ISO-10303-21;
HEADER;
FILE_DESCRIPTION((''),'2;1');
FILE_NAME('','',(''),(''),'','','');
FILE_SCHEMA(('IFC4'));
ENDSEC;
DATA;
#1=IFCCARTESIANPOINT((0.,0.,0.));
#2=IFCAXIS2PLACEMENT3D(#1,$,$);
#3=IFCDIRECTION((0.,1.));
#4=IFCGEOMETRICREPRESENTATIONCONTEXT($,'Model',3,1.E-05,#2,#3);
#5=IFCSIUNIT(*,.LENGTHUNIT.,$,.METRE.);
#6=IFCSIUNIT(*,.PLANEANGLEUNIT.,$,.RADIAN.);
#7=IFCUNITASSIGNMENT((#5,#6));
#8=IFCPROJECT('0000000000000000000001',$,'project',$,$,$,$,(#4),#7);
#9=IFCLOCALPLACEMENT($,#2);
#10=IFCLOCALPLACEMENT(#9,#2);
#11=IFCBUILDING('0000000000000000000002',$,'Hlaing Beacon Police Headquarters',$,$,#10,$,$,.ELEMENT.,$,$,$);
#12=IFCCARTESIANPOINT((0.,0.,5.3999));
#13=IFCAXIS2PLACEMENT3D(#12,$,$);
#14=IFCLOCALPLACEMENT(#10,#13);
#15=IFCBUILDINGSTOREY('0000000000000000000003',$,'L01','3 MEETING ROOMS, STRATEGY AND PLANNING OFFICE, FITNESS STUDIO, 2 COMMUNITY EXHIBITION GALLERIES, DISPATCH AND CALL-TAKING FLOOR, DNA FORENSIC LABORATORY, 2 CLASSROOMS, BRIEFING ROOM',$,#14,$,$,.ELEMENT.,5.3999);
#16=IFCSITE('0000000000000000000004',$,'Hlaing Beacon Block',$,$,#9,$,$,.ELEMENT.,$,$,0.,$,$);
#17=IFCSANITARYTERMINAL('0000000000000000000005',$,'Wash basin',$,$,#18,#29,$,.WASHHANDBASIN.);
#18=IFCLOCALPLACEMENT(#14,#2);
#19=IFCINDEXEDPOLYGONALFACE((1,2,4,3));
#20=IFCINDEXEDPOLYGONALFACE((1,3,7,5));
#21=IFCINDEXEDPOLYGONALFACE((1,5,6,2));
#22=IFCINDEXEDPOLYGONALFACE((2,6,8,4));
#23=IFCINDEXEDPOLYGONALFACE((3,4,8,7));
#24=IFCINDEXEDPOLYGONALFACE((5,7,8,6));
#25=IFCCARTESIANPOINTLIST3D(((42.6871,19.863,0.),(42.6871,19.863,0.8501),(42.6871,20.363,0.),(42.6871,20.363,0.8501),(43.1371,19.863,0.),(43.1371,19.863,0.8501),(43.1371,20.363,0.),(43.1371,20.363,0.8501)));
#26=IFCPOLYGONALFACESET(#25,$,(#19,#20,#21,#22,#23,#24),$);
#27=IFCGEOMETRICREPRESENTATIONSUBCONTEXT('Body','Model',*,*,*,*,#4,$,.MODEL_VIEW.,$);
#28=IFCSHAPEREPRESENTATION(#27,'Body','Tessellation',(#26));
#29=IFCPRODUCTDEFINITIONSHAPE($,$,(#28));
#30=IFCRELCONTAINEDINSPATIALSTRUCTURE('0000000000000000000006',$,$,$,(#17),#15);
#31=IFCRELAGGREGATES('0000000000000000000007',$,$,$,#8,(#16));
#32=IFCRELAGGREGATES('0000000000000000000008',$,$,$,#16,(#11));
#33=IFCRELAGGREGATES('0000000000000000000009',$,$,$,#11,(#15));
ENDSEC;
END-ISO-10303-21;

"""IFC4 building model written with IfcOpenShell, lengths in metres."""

from ifc_helpers import new_model, si_unit, direction, frame, origin, origin_2d, place, context, subcontext, project, spatial, rectangle, extrude, element, save


model = new_model("IFC4")

# Units and contexts
model_context = context("Model", 3, precision=1e-05, world=origin(), true_north=direction((0.0, 1.0)))
body_context = subcontext(model_context, "Body", "Model", "MODEL_VIEW")
ifc_project = project(units=[si_unit("LENGTHUNIT", "METRE"), si_unit("PLANEANGLEUNIT", "RADIAN")], contexts=[model_context])

# Site, building, storey
site_placement = place(None, origin())
site = spatial("IfcSite", under=ifc_project, at=site_placement, Name="Hlaing Beacon Block", CompositionType="ELEMENT", RefElevation=0.0)
building_placement = place(site_placement, origin())
building = spatial("IfcBuilding", under=site, at=building_placement, Name="Hlaing Beacon Police Headquarters", CompositionType="ELEMENT")
storey_placement = place(building_placement, frame((0.0, 0.0, 5.3999)))
storey = spatial("IfcBuildingStorey", under=building, at=storey_placement, Name="L01", Description="3 MEETING ROOMS, STRATEGY AND PLANNING OFFICE, FITNESS STUDIO, 2 COMMUNITY EXHIBITION GALLERIES, DISPATCH AND CALL-TAKING FLOOR, DNA FORENSIC LABORATORY, 2 CLASSROOMS, BRIEFING ROOM", CompositionType="ELEMENT", Elevation=5.3999)

# Sanitary terminal
sanitary_terminal_1_placement = place(storey_placement, frame((42.9121, 20.113, 0.0), z_axis=(0.0, 0.0, 1.0), x_axis=(1.0, 0.0, 0.0)))
element("IfcSanitaryTerminal", 1, at=sanitary_terminal_1_placement, inside=storey, Name="Wash basin", PredefinedType="WASHHANDBASIN", context=body_context, shape_type="SweptSolid", body=[
    extrude(rectangle(XDim=0.45, YDim=0.5, at=origin_2d()), origin(), (0.0, 0.0, 1.0), 0.8501),
])

save(model, "model.ifc")
